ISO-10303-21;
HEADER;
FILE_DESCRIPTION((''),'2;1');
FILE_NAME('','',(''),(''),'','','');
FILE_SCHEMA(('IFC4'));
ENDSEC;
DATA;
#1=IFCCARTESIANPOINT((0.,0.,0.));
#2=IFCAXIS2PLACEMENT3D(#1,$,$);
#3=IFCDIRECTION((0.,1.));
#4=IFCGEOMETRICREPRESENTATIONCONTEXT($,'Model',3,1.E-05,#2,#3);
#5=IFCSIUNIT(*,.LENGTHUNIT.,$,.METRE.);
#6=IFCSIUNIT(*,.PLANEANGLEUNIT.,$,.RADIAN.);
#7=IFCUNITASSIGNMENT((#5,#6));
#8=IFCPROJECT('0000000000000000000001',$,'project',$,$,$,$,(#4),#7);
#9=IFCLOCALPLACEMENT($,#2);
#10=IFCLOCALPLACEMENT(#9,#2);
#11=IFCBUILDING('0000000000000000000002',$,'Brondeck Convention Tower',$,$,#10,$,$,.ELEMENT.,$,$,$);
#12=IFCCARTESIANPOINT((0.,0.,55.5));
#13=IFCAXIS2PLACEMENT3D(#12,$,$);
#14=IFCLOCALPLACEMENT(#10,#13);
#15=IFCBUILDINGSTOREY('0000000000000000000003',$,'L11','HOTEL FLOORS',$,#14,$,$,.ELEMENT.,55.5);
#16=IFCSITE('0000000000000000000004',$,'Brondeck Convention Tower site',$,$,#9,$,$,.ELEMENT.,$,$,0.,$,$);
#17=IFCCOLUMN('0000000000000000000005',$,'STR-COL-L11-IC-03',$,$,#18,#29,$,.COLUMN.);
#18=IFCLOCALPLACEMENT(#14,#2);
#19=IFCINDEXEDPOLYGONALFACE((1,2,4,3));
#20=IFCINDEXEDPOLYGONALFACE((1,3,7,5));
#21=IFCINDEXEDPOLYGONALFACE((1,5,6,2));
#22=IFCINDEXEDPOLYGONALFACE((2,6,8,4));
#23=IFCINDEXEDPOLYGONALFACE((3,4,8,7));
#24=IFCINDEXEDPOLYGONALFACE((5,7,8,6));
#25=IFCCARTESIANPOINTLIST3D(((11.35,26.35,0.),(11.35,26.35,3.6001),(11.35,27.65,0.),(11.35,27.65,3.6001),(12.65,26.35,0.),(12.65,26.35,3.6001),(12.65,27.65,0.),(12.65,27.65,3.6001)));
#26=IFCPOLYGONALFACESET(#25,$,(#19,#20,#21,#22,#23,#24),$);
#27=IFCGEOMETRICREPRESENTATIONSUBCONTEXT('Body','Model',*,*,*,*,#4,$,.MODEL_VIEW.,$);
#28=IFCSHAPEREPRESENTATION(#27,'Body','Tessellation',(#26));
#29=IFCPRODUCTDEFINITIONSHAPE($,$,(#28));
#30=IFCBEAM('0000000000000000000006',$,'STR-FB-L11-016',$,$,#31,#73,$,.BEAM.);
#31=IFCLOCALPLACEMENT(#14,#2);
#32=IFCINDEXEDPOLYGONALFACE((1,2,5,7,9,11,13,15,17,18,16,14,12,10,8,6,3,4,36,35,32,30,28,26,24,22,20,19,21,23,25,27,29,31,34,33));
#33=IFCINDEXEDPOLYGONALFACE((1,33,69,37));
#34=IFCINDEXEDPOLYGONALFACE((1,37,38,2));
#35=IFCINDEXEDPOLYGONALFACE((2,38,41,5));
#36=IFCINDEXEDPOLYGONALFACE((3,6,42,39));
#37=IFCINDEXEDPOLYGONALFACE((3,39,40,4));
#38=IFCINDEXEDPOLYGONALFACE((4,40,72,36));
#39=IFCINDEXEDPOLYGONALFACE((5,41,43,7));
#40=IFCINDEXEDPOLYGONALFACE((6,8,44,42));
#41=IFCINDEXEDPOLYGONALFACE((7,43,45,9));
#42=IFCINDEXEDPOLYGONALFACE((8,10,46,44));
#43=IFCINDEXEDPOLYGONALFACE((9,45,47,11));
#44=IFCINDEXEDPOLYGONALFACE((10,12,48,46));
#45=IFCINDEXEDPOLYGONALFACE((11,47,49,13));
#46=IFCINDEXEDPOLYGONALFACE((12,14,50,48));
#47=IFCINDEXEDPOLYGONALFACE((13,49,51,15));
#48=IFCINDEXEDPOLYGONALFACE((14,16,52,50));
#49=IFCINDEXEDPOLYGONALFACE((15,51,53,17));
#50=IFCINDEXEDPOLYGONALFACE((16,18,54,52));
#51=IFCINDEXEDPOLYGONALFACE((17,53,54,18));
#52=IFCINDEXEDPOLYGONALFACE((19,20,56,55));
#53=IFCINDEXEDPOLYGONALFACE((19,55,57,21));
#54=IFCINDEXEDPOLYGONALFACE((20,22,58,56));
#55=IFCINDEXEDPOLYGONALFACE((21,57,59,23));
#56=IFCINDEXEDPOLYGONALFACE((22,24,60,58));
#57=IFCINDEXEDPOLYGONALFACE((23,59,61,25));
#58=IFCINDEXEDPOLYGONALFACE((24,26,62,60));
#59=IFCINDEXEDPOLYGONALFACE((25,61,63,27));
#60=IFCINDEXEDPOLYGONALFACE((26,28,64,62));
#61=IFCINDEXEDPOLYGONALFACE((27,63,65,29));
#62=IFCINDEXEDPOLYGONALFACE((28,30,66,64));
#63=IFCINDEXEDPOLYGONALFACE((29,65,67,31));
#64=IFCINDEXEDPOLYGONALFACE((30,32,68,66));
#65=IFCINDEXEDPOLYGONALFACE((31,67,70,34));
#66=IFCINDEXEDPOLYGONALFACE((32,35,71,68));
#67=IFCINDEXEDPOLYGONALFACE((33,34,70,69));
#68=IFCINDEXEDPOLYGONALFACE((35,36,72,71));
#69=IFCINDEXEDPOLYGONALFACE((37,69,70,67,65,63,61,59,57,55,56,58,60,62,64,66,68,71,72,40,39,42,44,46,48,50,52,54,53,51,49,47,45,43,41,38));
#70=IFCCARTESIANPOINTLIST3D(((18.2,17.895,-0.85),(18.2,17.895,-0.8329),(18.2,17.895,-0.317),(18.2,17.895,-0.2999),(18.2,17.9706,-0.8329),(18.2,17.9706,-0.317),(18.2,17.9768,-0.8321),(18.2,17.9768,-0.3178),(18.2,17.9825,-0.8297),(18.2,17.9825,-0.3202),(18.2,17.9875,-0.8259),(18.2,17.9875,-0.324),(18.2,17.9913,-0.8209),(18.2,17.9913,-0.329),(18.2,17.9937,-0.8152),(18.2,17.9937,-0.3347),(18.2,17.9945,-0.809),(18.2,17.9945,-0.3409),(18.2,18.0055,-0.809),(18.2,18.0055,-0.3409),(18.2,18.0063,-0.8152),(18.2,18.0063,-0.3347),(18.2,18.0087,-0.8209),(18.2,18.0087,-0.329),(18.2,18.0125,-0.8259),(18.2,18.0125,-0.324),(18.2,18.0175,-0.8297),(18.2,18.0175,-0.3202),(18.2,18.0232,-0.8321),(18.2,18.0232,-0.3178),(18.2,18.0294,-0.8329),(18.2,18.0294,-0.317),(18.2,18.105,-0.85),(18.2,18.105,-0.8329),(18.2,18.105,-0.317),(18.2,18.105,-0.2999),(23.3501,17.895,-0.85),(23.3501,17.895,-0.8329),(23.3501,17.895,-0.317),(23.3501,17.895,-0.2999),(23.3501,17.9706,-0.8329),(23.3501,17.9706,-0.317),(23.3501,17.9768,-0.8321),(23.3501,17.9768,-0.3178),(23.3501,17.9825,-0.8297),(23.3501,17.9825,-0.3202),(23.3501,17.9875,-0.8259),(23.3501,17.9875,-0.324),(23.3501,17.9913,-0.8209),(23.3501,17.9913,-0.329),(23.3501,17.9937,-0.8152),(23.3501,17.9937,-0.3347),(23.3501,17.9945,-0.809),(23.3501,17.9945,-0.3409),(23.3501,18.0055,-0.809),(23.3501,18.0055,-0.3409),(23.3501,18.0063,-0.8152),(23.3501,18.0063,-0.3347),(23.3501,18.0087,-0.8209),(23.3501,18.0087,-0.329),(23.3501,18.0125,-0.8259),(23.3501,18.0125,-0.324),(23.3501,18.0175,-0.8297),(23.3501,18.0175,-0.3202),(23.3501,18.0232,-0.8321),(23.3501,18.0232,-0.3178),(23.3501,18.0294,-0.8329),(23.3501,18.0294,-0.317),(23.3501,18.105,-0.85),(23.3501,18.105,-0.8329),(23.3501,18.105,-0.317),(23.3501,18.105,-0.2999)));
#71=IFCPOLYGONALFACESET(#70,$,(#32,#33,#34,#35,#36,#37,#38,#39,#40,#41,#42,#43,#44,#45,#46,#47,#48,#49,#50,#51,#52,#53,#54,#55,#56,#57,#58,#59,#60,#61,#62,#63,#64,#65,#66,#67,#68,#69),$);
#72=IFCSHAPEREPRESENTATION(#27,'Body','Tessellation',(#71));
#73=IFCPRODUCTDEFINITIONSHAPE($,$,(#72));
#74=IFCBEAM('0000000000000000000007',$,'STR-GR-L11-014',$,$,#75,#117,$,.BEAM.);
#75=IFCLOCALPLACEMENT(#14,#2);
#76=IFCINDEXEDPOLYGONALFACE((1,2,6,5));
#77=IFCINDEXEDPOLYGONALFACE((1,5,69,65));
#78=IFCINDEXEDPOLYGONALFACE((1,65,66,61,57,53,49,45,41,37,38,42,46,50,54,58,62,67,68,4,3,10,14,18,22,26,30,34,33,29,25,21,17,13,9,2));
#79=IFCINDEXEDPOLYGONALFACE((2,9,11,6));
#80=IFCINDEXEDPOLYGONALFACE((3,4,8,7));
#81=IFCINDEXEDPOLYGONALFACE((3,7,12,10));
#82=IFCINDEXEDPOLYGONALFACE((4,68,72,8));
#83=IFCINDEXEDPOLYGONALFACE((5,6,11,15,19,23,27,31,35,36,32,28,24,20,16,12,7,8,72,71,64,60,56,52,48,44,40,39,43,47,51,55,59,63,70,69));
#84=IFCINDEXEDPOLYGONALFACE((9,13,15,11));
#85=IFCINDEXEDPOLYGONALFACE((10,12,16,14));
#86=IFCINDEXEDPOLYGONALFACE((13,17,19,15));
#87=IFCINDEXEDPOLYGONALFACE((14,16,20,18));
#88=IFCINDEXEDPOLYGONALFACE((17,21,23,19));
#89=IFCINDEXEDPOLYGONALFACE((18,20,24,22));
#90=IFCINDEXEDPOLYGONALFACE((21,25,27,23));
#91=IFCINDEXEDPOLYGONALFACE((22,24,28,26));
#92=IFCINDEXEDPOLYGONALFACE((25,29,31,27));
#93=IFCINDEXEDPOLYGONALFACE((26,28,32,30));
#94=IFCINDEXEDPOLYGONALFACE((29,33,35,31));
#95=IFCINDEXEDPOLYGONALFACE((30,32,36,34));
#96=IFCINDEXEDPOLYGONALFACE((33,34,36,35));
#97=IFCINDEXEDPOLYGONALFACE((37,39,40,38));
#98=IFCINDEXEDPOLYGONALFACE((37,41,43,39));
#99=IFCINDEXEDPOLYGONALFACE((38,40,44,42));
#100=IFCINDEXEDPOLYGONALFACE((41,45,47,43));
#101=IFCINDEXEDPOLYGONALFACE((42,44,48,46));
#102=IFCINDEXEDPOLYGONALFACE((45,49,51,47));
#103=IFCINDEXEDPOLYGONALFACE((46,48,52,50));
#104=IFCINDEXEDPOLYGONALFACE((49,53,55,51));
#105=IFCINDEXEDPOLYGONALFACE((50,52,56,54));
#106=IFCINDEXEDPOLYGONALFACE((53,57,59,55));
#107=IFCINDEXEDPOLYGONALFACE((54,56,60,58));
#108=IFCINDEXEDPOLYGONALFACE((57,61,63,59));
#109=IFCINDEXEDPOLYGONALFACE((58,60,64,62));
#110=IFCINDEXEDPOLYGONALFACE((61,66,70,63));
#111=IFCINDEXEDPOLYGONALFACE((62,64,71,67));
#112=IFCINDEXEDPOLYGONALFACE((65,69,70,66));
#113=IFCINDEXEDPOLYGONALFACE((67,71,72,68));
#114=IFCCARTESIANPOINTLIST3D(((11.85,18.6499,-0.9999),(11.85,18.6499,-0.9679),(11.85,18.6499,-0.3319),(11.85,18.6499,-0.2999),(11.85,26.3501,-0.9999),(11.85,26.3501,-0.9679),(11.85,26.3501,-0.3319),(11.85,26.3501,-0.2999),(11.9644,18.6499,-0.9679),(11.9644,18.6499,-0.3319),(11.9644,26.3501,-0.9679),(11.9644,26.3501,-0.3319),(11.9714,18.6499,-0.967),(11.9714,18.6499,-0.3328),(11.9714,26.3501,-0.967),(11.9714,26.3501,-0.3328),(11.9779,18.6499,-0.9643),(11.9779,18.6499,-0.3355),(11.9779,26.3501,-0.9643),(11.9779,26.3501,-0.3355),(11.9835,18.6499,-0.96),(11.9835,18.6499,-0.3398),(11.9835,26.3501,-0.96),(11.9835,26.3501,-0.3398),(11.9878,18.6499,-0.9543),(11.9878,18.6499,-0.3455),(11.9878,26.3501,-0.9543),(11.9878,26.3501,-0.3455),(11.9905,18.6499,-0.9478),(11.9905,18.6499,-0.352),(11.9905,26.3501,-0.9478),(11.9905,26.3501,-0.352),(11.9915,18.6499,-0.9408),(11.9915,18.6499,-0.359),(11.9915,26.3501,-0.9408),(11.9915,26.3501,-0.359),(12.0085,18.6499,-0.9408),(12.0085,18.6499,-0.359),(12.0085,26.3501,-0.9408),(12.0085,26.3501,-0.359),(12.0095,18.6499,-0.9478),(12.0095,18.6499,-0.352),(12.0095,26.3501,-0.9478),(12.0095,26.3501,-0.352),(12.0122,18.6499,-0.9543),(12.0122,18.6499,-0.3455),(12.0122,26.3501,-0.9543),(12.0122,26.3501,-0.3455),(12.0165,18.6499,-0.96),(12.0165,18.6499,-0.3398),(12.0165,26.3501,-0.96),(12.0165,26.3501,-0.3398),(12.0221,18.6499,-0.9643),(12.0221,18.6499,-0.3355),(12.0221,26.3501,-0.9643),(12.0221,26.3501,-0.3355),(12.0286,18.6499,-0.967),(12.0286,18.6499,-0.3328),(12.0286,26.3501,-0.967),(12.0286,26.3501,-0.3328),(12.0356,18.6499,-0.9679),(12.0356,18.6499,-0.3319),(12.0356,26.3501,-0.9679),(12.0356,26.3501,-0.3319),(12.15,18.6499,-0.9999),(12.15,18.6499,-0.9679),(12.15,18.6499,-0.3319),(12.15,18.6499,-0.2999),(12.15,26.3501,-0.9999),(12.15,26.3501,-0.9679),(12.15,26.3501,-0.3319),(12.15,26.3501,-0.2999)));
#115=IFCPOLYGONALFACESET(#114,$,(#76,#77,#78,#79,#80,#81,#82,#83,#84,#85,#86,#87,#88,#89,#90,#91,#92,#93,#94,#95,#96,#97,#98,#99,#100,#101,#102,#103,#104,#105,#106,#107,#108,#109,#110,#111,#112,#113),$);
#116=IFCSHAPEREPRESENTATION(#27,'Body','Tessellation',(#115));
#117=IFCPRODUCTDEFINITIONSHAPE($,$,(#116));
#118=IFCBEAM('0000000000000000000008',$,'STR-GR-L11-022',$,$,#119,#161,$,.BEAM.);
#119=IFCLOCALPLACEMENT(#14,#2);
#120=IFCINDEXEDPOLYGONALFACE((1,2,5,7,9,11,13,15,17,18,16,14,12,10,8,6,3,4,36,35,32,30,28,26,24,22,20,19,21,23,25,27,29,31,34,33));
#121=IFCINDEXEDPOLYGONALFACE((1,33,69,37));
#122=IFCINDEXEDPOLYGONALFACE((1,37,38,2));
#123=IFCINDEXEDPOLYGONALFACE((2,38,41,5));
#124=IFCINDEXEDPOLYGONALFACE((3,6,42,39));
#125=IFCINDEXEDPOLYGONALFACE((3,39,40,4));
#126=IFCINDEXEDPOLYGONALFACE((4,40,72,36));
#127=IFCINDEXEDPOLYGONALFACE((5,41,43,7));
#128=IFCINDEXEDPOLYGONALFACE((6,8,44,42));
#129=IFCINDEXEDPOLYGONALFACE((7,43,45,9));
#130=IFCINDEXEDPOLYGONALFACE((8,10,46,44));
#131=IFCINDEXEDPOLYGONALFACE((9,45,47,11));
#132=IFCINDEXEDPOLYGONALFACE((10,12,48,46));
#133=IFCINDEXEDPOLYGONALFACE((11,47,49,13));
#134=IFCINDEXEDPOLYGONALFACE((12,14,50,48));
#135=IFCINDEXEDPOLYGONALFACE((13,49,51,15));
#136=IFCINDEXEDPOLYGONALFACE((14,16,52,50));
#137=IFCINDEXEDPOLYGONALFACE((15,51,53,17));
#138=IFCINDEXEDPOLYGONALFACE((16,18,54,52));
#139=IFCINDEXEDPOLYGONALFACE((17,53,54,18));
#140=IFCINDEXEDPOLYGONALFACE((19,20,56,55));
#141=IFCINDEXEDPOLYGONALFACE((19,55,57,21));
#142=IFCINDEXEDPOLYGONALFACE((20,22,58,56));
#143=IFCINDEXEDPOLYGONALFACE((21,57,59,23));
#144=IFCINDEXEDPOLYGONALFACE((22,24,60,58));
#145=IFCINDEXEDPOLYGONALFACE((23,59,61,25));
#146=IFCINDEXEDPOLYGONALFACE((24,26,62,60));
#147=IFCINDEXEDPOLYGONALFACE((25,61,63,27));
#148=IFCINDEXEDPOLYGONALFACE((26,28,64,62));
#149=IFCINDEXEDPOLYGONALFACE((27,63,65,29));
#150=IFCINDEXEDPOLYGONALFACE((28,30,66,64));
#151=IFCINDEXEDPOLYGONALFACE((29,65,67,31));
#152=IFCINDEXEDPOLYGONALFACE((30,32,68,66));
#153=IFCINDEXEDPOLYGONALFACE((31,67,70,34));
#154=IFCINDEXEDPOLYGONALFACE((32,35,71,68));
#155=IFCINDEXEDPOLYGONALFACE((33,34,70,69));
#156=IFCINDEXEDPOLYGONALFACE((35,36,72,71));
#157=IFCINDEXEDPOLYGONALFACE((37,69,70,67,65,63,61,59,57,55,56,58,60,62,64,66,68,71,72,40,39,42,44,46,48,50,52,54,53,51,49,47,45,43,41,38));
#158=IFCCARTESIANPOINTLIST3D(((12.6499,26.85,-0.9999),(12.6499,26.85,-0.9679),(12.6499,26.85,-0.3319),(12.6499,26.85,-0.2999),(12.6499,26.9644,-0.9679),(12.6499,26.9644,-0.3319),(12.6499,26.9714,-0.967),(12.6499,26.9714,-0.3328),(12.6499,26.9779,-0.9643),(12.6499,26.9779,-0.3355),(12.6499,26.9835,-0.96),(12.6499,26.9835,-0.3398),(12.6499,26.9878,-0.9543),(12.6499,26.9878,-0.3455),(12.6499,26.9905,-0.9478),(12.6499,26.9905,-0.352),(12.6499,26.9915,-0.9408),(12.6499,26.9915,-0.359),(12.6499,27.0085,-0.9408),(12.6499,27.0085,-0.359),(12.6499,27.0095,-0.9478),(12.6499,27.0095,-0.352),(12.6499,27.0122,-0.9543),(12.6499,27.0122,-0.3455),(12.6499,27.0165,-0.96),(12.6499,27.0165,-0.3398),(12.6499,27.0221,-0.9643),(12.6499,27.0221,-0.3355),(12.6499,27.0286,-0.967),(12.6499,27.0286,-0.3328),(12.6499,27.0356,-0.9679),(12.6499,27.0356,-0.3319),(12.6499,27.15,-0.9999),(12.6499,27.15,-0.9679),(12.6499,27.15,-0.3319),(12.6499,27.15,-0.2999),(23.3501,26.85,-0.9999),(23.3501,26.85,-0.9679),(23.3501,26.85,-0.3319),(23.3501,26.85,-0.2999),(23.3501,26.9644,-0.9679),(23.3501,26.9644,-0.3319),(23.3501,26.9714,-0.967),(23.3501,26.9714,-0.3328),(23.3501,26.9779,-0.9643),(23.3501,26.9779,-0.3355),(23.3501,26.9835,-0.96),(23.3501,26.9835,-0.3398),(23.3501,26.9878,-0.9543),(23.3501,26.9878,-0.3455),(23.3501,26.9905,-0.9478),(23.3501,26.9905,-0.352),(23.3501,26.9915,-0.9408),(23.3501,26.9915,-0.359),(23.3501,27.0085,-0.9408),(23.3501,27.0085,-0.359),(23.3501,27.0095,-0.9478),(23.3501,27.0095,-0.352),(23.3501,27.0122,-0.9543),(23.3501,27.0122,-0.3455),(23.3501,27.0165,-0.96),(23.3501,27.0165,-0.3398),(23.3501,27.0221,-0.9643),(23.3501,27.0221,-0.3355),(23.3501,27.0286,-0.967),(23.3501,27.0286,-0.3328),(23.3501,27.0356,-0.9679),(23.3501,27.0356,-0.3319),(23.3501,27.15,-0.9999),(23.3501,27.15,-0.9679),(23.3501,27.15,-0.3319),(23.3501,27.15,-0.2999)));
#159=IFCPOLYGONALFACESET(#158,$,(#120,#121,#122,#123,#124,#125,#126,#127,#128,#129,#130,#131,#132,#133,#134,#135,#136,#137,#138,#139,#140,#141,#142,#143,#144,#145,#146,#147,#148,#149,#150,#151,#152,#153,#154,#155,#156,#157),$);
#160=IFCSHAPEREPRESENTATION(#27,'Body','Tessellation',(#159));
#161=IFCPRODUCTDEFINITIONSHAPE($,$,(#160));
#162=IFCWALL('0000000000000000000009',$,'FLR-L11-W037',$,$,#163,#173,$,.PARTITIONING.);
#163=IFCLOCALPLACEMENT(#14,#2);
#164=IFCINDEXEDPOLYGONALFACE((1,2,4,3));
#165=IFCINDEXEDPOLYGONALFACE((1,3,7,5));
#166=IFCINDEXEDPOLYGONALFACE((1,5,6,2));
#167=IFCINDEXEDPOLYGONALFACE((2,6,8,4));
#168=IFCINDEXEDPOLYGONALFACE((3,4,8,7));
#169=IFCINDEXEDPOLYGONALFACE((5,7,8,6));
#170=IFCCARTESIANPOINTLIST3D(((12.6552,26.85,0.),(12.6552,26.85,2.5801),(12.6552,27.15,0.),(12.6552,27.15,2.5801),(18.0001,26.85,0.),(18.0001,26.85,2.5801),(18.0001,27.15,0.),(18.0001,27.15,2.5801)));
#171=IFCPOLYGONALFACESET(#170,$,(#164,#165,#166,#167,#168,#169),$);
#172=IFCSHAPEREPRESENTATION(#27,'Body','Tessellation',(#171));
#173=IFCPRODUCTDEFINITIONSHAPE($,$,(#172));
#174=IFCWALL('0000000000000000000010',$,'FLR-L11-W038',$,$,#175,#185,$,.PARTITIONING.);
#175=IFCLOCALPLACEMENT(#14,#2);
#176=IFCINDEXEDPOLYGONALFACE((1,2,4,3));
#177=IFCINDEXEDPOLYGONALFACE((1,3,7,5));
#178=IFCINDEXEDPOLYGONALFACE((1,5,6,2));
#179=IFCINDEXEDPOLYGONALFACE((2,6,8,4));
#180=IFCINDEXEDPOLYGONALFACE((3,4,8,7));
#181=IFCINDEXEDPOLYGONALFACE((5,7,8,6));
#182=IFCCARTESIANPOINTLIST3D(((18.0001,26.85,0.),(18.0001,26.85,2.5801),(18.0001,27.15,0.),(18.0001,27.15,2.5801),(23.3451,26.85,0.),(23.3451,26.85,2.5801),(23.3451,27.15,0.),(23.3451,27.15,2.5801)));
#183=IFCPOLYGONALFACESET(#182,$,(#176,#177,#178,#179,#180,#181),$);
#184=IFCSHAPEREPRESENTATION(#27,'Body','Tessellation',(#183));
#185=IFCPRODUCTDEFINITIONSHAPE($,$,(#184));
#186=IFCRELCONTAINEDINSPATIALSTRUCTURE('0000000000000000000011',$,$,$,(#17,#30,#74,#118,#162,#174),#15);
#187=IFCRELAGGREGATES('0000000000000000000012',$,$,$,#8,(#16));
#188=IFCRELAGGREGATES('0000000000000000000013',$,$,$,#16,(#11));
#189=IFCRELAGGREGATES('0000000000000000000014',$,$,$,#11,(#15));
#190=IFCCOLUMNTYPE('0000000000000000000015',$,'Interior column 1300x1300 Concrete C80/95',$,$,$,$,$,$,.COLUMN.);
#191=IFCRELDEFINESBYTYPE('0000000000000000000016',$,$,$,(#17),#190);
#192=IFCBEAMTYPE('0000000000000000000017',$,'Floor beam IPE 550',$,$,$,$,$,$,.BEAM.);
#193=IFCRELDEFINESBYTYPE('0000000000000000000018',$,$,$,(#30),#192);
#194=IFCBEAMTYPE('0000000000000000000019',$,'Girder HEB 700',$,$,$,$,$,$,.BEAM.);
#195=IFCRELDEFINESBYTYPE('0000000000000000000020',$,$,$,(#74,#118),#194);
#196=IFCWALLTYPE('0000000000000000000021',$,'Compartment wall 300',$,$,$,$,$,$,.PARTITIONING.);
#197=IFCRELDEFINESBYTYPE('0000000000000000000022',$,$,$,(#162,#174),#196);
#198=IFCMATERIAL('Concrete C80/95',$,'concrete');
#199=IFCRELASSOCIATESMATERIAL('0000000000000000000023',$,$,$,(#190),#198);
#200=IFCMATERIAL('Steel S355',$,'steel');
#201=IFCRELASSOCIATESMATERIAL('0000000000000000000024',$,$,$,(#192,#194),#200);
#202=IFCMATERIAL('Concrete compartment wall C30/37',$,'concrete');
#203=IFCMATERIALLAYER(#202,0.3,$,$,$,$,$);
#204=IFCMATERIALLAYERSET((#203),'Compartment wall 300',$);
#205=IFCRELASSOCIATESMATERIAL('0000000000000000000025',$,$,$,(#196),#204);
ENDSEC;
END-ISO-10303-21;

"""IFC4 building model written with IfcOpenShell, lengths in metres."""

from ifc_helpers import new_model, si_unit, direction, frame, frame_2d, origin, origin_2d, place, context, subcontext, project, spatial, rectangle, i_section, extrude, material, layer, layer_set, material_profile, profile_set, type_object, element, save


model = new_model("IFC4")

# Units and contexts
model_context = context("Model", 3, precision=1e-05, world=origin(), true_north=direction((0.0, 1.0)))
body_context = subcontext(model_context, "Body", "Model", "MODEL_VIEW")
ifc_project = project(units=[si_unit("LENGTHUNIT", "METRE"), si_unit("PLANEANGLEUNIT", "RADIAN")], contexts=[model_context])

# Site, building, storey
site_placement = place(None, origin())
site = spatial("IfcSite", under=ifc_project, at=site_placement, Name="Brondeck Convention Tower site", CompositionType="ELEMENT", RefElevation=0.0)
building_placement = place(site_placement, origin())
building = spatial("IfcBuilding", under=site, at=building_placement, Name="Brondeck Convention Tower", CompositionType="ELEMENT")
storey_placement = place(building_placement, frame((0.0, 0.0, 55.5)))
storey = spatial("IfcBuildingStorey", under=building, at=storey_placement, Name="L11", Description="HOTEL FLOORS", CompositionType="ELEMENT", Elevation=55.5)

# Column
ifc_material_1 = material(Name="Concrete C80/95", Category="concrete")
ifc_material_profile_1 = material_profile(ifc_material_1, rectangle(XDim=1.3, YDim=1.3, at=origin_2d()), Name="Interior column 1300x1300 Concrete C80/95")
ifc_profile_set_1 = profile_set([ifc_material_profile_1], Name="Concrete C80/95")
column_type = type_object("IfcColumnType", Name="Interior column 1300x1300 Concrete C80/95", PredefinedType="COLUMN", material=ifc_profile_set_1)
column_placement = place(storey_placement, frame((12.0, 27.0, 0.0), z_axis=(0.0, 0.0, 1.0), x_axis=(1.0, 0.0, 0.0)))
element("IfcColumn", 1, at=column_placement, inside=storey, type_object=column_type, Name="STR-COL-L11-IC-03", PredefinedType="COLUMN", context=body_context, shape_type="SweptSolid", body=[
    extrude(rectangle(XDim=1.3, YDim=1.3, at=origin_2d()), origin(), (0.0, 0.0, 1.0), 3.6001),
])

# Beams
ifc_material_2 = material(Name="Steel S355", Category="steel")
ifc_material_profile_2 = material_profile(ifc_material_2, i_section(OverallWidth=0.21, OverallDepth=0.55, WebThickness=0.011, FlangeThickness=0.0171, FilletRadius=0.0239, at=origin_2d()), Name="IPE 550")
ifc_profile_set_2 = profile_set([ifc_material_profile_2], Name="Steel S355")
beam_type_1 = type_object("IfcBeamType", Name="Floor beam IPE 550", PredefinedType="BEAM", material=ifc_profile_set_2)
beam_1_placement = place(storey_placement, frame((18.2, 18.0, -0.575), z_axis=(1.0, 0.0, 0.0), x_axis=(0.0, 1.0, 0.0)))
element("IfcBeam", 2, at=beam_1_placement, inside=storey, type_object=beam_type_1, Name="STR-FB-L11-016", PredefinedType="BEAM", context=body_context, shape_type="SweptSolid", body=[
    extrude(i_section(OverallWidth=0.21, OverallDepth=0.55, WebThickness=0.011, FlangeThickness=0.0171, FilletRadius=0.0239, at=origin_2d()), origin(), (0.0, 0.0, 1.0), 5.1501),
])
ifc_material_profile_3 = material_profile(ifc_material_2, i_section(OverallWidth=0.3, OverallDepth=0.7, WebThickness=0.0171, FlangeThickness=0.032, FilletRadius=0.0271, at=origin_2d()), Name="HEB 700")
ifc_profile_set_3 = profile_set([ifc_material_profile_3], Name="Steel S355")
beam_type_2 = type_object("IfcBeamType", Name="Girder HEB 700", PredefinedType="BEAM", material=ifc_profile_set_3)
beam_2_placement = place(storey_placement, frame((12.0, 26.3501, -0.6499), z_axis=(0.0, -1.0, 0.0), x_axis=(1.0, 0.0, 0.0)))
element("IfcBeam", 3, at=beam_2_placement, inside=storey, type_object=beam_type_2, Name="STR-GR-L11-014", PredefinedType="BEAM", context=body_context, shape_type="SweptSolid", body=[
    extrude(i_section(OverallWidth=0.3, OverallDepth=0.7, WebThickness=0.0171, FlangeThickness=0.032, FilletRadius=0.0271, at=origin_2d()), origin(), (0.0, 0.0, 1.0), 7.7002),
])
beam_3_placement = place(storey_placement, frame((12.6499, 27.0, -0.6499), z_axis=(1.0, 0.0, 0.0), x_axis=(0.0, 1.0, 0.0)))
element("IfcBeam", 4, at=beam_3_placement, inside=storey, type_object=beam_type_2, Name="STR-GR-L11-022", PredefinedType="BEAM", context=body_context, shape_type="SweptSolid", body=[
    extrude(i_section(OverallWidth=0.3, OverallDepth=0.7, WebThickness=0.0171, FlangeThickness=0.032, FilletRadius=0.0271, at=origin_2d()), origin(), (0.0, 0.0, 1.0), 10.7002),
])

# Walls
ifc_material_3 = material(Name="Concrete compartment wall C30/37", Category="concrete")
ifc_layer_1 = layer(ifc_material_3, 0.3)
ifc_layer_set_1 = layer_set([ifc_layer_1], Name="Compartment wall 300")
wall_type_1 = type_object("IfcWallType", Name="Compartment wall 300", PredefinedType="PARTITIONING", material=ifc_layer_set_1)
for number, where, z_axis, x_axis, name in (
    (5, (18.0, 27.0, 0.0), (0.0, 0.0, 1.0), (-1.0, 0.0, 0.0), "FLR-L11-W037"),
    (6, (23.345, 27.0, 0.0), (0.0, 0.0, 1.0), (-1.0, 0.0, 0.0), "FLR-L11-W038"),
):
    element("IfcWall", number, at=place(storey_placement, frame(where, z_axis=z_axis, x_axis=x_axis)), inside=storey, type_object=wall_type_1, Name=name, PredefinedType="PARTITIONING", context=body_context, shape_type="SweptSolid", body=[
        extrude(rectangle(XDim=5.345, YDim=0.3, at=frame_2d((2.6724, 0.0))), origin(), (0.0, 0.0, 1.0), 2.5801),
    ])

save(model, "model.ifc")
